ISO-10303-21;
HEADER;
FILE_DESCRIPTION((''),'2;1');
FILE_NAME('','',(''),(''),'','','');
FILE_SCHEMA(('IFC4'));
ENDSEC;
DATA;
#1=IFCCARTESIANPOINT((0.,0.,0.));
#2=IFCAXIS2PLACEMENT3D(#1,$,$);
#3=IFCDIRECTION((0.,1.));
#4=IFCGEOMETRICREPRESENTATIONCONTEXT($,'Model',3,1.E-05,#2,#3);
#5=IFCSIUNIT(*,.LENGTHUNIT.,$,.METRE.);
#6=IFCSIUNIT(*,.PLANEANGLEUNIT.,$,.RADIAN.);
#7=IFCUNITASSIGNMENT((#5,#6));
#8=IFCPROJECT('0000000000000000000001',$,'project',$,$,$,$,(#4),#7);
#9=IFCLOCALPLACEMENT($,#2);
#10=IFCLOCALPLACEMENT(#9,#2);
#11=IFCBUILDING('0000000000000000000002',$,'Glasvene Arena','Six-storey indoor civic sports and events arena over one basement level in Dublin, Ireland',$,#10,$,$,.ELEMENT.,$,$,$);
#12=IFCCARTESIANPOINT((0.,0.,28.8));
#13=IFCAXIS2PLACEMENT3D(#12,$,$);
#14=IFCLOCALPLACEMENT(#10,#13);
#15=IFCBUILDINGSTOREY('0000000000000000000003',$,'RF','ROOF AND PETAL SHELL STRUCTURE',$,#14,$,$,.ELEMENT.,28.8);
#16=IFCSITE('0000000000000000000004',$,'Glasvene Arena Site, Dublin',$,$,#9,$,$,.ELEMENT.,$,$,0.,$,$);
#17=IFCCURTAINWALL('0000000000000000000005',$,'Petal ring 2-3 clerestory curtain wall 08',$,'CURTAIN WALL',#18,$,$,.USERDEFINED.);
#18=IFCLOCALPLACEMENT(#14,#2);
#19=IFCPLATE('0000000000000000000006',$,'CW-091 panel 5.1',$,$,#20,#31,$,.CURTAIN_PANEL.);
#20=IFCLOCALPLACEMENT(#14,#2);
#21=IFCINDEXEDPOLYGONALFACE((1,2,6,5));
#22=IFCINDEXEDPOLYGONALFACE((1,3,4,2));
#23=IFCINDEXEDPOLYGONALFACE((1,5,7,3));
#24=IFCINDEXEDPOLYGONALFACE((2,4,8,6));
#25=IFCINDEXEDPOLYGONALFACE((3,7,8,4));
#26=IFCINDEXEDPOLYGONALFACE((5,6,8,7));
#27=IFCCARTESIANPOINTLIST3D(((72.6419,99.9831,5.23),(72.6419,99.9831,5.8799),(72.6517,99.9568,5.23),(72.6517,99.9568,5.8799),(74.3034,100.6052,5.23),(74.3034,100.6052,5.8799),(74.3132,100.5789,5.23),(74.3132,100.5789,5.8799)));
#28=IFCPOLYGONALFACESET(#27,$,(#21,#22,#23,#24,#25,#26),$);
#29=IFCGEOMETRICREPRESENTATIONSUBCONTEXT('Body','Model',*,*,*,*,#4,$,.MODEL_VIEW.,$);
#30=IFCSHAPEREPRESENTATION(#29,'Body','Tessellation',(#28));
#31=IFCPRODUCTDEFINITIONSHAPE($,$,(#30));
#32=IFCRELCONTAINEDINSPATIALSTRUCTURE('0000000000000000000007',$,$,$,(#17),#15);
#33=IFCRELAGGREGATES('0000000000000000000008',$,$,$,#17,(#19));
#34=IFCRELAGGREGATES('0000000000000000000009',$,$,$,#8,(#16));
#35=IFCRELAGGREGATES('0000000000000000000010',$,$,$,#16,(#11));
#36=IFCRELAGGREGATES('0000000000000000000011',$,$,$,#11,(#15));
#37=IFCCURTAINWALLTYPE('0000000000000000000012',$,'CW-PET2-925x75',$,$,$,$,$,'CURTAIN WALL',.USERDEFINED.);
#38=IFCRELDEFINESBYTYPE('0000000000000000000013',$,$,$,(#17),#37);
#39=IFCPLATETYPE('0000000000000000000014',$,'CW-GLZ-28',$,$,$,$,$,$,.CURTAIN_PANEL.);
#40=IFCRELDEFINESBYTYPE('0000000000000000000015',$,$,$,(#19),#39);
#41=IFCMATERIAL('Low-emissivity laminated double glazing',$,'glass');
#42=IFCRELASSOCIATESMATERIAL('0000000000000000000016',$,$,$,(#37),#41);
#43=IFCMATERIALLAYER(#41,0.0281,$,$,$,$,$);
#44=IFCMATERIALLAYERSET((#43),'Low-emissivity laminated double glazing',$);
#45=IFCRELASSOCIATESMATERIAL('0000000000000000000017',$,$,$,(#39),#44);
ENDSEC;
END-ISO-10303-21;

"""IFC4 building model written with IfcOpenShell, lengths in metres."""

from ifc_helpers import new_model, si_unit, direction, frame, origin, origin_2d, place, context, subcontext, project, spatial, rectangle, extrude, material, layer, layer_set, type_object, element, aggregate, save


model = new_model("IFC4")

# Units and contexts
model_context = context("Model", 3, precision=1e-05, world=origin(), true_north=direction((0.0, 1.0)))
body_context = subcontext(model_context, "Body", "Model", "MODEL_VIEW")
ifc_project = project(units=[si_unit("LENGTHUNIT", "METRE"), si_unit("PLANEANGLEUNIT", "RADIAN")], contexts=[model_context])

# Site, building, storey
site_placement = place(None, origin())
site = spatial("IfcSite", under=ifc_project, at=site_placement, Name="Glasvene Arena Site, Dublin", CompositionType="ELEMENT", RefElevation=0.0)
building_placement = place(site_placement, origin())
building = spatial("IfcBuilding", under=site, at=building_placement, Name="Glasvene Arena", Description="Six-storey indoor civic sports and events arena over one basement level in Dublin, Ireland", CompositionType="ELEMENT")
storey_placement = place(building_placement, frame((0.0, 0.0, 28.8)))
storey = spatial("IfcBuildingStorey", under=building, at=storey_placement, Name="RF", Description="ROOF AND PETAL SHELL STRUCTURE", CompositionType="ELEMENT", Elevation=28.8)

# Curtain wall
ifc_material_1 = material(Name="Low-emissivity laminated double glazing", Category="glass")
curtain_wall_type_1 = type_object("IfcCurtainWallType", Name="CW-PET2-925x75", ElementType="CURTAIN WALL", PredefinedType="USERDEFINED", material=ifc_material_1)
curtain_wall_1_placement = place(storey_placement, frame((81.2583, 103.1943, 0.0)))
curtain_wall_1 = element("IfcCurtainWall", 1, at=curtain_wall_1_placement, inside=storey, type_object=curtain_wall_type_1, Name="Petal ring 2-3 clerestory curtain wall 08", ObjectType="CURTAIN WALL", PredefinedType="USERDEFINED")

# Plate
ifc_layer = layer(ifc_material_1, 0.0281)
ifc_layer_set = layer_set([ifc_layer], Name="Low-emissivity laminated double glazing")
plate_type = type_object("IfcPlateType", Name="CW-GLZ-28", PredefinedType="CURTAIN_PANEL", material=ifc_layer_set)
plate_1_placement = place(storey_placement, frame((73.4775, 100.281, 5.23), z_axis=(0.0, 0.0, 1.0), x_axis=(-0.93651, -0.35064, 0.0)))
plate_1 = element("IfcPlate", 2, at=plate_1_placement, type_object=plate_type, Name="CW-091 panel 5.1", PredefinedType="CURTAIN_PANEL", context=body_context, shape_type="SweptSolid", body=[
    extrude(rectangle(XDim=1.7742, YDim=0.0281, at=origin_2d()), origin(), (0.0, 0.0, 1.0), 0.6499),
])
aggregate(curtain_wall_1, [plate_1])

save(model, "model.ifc")
